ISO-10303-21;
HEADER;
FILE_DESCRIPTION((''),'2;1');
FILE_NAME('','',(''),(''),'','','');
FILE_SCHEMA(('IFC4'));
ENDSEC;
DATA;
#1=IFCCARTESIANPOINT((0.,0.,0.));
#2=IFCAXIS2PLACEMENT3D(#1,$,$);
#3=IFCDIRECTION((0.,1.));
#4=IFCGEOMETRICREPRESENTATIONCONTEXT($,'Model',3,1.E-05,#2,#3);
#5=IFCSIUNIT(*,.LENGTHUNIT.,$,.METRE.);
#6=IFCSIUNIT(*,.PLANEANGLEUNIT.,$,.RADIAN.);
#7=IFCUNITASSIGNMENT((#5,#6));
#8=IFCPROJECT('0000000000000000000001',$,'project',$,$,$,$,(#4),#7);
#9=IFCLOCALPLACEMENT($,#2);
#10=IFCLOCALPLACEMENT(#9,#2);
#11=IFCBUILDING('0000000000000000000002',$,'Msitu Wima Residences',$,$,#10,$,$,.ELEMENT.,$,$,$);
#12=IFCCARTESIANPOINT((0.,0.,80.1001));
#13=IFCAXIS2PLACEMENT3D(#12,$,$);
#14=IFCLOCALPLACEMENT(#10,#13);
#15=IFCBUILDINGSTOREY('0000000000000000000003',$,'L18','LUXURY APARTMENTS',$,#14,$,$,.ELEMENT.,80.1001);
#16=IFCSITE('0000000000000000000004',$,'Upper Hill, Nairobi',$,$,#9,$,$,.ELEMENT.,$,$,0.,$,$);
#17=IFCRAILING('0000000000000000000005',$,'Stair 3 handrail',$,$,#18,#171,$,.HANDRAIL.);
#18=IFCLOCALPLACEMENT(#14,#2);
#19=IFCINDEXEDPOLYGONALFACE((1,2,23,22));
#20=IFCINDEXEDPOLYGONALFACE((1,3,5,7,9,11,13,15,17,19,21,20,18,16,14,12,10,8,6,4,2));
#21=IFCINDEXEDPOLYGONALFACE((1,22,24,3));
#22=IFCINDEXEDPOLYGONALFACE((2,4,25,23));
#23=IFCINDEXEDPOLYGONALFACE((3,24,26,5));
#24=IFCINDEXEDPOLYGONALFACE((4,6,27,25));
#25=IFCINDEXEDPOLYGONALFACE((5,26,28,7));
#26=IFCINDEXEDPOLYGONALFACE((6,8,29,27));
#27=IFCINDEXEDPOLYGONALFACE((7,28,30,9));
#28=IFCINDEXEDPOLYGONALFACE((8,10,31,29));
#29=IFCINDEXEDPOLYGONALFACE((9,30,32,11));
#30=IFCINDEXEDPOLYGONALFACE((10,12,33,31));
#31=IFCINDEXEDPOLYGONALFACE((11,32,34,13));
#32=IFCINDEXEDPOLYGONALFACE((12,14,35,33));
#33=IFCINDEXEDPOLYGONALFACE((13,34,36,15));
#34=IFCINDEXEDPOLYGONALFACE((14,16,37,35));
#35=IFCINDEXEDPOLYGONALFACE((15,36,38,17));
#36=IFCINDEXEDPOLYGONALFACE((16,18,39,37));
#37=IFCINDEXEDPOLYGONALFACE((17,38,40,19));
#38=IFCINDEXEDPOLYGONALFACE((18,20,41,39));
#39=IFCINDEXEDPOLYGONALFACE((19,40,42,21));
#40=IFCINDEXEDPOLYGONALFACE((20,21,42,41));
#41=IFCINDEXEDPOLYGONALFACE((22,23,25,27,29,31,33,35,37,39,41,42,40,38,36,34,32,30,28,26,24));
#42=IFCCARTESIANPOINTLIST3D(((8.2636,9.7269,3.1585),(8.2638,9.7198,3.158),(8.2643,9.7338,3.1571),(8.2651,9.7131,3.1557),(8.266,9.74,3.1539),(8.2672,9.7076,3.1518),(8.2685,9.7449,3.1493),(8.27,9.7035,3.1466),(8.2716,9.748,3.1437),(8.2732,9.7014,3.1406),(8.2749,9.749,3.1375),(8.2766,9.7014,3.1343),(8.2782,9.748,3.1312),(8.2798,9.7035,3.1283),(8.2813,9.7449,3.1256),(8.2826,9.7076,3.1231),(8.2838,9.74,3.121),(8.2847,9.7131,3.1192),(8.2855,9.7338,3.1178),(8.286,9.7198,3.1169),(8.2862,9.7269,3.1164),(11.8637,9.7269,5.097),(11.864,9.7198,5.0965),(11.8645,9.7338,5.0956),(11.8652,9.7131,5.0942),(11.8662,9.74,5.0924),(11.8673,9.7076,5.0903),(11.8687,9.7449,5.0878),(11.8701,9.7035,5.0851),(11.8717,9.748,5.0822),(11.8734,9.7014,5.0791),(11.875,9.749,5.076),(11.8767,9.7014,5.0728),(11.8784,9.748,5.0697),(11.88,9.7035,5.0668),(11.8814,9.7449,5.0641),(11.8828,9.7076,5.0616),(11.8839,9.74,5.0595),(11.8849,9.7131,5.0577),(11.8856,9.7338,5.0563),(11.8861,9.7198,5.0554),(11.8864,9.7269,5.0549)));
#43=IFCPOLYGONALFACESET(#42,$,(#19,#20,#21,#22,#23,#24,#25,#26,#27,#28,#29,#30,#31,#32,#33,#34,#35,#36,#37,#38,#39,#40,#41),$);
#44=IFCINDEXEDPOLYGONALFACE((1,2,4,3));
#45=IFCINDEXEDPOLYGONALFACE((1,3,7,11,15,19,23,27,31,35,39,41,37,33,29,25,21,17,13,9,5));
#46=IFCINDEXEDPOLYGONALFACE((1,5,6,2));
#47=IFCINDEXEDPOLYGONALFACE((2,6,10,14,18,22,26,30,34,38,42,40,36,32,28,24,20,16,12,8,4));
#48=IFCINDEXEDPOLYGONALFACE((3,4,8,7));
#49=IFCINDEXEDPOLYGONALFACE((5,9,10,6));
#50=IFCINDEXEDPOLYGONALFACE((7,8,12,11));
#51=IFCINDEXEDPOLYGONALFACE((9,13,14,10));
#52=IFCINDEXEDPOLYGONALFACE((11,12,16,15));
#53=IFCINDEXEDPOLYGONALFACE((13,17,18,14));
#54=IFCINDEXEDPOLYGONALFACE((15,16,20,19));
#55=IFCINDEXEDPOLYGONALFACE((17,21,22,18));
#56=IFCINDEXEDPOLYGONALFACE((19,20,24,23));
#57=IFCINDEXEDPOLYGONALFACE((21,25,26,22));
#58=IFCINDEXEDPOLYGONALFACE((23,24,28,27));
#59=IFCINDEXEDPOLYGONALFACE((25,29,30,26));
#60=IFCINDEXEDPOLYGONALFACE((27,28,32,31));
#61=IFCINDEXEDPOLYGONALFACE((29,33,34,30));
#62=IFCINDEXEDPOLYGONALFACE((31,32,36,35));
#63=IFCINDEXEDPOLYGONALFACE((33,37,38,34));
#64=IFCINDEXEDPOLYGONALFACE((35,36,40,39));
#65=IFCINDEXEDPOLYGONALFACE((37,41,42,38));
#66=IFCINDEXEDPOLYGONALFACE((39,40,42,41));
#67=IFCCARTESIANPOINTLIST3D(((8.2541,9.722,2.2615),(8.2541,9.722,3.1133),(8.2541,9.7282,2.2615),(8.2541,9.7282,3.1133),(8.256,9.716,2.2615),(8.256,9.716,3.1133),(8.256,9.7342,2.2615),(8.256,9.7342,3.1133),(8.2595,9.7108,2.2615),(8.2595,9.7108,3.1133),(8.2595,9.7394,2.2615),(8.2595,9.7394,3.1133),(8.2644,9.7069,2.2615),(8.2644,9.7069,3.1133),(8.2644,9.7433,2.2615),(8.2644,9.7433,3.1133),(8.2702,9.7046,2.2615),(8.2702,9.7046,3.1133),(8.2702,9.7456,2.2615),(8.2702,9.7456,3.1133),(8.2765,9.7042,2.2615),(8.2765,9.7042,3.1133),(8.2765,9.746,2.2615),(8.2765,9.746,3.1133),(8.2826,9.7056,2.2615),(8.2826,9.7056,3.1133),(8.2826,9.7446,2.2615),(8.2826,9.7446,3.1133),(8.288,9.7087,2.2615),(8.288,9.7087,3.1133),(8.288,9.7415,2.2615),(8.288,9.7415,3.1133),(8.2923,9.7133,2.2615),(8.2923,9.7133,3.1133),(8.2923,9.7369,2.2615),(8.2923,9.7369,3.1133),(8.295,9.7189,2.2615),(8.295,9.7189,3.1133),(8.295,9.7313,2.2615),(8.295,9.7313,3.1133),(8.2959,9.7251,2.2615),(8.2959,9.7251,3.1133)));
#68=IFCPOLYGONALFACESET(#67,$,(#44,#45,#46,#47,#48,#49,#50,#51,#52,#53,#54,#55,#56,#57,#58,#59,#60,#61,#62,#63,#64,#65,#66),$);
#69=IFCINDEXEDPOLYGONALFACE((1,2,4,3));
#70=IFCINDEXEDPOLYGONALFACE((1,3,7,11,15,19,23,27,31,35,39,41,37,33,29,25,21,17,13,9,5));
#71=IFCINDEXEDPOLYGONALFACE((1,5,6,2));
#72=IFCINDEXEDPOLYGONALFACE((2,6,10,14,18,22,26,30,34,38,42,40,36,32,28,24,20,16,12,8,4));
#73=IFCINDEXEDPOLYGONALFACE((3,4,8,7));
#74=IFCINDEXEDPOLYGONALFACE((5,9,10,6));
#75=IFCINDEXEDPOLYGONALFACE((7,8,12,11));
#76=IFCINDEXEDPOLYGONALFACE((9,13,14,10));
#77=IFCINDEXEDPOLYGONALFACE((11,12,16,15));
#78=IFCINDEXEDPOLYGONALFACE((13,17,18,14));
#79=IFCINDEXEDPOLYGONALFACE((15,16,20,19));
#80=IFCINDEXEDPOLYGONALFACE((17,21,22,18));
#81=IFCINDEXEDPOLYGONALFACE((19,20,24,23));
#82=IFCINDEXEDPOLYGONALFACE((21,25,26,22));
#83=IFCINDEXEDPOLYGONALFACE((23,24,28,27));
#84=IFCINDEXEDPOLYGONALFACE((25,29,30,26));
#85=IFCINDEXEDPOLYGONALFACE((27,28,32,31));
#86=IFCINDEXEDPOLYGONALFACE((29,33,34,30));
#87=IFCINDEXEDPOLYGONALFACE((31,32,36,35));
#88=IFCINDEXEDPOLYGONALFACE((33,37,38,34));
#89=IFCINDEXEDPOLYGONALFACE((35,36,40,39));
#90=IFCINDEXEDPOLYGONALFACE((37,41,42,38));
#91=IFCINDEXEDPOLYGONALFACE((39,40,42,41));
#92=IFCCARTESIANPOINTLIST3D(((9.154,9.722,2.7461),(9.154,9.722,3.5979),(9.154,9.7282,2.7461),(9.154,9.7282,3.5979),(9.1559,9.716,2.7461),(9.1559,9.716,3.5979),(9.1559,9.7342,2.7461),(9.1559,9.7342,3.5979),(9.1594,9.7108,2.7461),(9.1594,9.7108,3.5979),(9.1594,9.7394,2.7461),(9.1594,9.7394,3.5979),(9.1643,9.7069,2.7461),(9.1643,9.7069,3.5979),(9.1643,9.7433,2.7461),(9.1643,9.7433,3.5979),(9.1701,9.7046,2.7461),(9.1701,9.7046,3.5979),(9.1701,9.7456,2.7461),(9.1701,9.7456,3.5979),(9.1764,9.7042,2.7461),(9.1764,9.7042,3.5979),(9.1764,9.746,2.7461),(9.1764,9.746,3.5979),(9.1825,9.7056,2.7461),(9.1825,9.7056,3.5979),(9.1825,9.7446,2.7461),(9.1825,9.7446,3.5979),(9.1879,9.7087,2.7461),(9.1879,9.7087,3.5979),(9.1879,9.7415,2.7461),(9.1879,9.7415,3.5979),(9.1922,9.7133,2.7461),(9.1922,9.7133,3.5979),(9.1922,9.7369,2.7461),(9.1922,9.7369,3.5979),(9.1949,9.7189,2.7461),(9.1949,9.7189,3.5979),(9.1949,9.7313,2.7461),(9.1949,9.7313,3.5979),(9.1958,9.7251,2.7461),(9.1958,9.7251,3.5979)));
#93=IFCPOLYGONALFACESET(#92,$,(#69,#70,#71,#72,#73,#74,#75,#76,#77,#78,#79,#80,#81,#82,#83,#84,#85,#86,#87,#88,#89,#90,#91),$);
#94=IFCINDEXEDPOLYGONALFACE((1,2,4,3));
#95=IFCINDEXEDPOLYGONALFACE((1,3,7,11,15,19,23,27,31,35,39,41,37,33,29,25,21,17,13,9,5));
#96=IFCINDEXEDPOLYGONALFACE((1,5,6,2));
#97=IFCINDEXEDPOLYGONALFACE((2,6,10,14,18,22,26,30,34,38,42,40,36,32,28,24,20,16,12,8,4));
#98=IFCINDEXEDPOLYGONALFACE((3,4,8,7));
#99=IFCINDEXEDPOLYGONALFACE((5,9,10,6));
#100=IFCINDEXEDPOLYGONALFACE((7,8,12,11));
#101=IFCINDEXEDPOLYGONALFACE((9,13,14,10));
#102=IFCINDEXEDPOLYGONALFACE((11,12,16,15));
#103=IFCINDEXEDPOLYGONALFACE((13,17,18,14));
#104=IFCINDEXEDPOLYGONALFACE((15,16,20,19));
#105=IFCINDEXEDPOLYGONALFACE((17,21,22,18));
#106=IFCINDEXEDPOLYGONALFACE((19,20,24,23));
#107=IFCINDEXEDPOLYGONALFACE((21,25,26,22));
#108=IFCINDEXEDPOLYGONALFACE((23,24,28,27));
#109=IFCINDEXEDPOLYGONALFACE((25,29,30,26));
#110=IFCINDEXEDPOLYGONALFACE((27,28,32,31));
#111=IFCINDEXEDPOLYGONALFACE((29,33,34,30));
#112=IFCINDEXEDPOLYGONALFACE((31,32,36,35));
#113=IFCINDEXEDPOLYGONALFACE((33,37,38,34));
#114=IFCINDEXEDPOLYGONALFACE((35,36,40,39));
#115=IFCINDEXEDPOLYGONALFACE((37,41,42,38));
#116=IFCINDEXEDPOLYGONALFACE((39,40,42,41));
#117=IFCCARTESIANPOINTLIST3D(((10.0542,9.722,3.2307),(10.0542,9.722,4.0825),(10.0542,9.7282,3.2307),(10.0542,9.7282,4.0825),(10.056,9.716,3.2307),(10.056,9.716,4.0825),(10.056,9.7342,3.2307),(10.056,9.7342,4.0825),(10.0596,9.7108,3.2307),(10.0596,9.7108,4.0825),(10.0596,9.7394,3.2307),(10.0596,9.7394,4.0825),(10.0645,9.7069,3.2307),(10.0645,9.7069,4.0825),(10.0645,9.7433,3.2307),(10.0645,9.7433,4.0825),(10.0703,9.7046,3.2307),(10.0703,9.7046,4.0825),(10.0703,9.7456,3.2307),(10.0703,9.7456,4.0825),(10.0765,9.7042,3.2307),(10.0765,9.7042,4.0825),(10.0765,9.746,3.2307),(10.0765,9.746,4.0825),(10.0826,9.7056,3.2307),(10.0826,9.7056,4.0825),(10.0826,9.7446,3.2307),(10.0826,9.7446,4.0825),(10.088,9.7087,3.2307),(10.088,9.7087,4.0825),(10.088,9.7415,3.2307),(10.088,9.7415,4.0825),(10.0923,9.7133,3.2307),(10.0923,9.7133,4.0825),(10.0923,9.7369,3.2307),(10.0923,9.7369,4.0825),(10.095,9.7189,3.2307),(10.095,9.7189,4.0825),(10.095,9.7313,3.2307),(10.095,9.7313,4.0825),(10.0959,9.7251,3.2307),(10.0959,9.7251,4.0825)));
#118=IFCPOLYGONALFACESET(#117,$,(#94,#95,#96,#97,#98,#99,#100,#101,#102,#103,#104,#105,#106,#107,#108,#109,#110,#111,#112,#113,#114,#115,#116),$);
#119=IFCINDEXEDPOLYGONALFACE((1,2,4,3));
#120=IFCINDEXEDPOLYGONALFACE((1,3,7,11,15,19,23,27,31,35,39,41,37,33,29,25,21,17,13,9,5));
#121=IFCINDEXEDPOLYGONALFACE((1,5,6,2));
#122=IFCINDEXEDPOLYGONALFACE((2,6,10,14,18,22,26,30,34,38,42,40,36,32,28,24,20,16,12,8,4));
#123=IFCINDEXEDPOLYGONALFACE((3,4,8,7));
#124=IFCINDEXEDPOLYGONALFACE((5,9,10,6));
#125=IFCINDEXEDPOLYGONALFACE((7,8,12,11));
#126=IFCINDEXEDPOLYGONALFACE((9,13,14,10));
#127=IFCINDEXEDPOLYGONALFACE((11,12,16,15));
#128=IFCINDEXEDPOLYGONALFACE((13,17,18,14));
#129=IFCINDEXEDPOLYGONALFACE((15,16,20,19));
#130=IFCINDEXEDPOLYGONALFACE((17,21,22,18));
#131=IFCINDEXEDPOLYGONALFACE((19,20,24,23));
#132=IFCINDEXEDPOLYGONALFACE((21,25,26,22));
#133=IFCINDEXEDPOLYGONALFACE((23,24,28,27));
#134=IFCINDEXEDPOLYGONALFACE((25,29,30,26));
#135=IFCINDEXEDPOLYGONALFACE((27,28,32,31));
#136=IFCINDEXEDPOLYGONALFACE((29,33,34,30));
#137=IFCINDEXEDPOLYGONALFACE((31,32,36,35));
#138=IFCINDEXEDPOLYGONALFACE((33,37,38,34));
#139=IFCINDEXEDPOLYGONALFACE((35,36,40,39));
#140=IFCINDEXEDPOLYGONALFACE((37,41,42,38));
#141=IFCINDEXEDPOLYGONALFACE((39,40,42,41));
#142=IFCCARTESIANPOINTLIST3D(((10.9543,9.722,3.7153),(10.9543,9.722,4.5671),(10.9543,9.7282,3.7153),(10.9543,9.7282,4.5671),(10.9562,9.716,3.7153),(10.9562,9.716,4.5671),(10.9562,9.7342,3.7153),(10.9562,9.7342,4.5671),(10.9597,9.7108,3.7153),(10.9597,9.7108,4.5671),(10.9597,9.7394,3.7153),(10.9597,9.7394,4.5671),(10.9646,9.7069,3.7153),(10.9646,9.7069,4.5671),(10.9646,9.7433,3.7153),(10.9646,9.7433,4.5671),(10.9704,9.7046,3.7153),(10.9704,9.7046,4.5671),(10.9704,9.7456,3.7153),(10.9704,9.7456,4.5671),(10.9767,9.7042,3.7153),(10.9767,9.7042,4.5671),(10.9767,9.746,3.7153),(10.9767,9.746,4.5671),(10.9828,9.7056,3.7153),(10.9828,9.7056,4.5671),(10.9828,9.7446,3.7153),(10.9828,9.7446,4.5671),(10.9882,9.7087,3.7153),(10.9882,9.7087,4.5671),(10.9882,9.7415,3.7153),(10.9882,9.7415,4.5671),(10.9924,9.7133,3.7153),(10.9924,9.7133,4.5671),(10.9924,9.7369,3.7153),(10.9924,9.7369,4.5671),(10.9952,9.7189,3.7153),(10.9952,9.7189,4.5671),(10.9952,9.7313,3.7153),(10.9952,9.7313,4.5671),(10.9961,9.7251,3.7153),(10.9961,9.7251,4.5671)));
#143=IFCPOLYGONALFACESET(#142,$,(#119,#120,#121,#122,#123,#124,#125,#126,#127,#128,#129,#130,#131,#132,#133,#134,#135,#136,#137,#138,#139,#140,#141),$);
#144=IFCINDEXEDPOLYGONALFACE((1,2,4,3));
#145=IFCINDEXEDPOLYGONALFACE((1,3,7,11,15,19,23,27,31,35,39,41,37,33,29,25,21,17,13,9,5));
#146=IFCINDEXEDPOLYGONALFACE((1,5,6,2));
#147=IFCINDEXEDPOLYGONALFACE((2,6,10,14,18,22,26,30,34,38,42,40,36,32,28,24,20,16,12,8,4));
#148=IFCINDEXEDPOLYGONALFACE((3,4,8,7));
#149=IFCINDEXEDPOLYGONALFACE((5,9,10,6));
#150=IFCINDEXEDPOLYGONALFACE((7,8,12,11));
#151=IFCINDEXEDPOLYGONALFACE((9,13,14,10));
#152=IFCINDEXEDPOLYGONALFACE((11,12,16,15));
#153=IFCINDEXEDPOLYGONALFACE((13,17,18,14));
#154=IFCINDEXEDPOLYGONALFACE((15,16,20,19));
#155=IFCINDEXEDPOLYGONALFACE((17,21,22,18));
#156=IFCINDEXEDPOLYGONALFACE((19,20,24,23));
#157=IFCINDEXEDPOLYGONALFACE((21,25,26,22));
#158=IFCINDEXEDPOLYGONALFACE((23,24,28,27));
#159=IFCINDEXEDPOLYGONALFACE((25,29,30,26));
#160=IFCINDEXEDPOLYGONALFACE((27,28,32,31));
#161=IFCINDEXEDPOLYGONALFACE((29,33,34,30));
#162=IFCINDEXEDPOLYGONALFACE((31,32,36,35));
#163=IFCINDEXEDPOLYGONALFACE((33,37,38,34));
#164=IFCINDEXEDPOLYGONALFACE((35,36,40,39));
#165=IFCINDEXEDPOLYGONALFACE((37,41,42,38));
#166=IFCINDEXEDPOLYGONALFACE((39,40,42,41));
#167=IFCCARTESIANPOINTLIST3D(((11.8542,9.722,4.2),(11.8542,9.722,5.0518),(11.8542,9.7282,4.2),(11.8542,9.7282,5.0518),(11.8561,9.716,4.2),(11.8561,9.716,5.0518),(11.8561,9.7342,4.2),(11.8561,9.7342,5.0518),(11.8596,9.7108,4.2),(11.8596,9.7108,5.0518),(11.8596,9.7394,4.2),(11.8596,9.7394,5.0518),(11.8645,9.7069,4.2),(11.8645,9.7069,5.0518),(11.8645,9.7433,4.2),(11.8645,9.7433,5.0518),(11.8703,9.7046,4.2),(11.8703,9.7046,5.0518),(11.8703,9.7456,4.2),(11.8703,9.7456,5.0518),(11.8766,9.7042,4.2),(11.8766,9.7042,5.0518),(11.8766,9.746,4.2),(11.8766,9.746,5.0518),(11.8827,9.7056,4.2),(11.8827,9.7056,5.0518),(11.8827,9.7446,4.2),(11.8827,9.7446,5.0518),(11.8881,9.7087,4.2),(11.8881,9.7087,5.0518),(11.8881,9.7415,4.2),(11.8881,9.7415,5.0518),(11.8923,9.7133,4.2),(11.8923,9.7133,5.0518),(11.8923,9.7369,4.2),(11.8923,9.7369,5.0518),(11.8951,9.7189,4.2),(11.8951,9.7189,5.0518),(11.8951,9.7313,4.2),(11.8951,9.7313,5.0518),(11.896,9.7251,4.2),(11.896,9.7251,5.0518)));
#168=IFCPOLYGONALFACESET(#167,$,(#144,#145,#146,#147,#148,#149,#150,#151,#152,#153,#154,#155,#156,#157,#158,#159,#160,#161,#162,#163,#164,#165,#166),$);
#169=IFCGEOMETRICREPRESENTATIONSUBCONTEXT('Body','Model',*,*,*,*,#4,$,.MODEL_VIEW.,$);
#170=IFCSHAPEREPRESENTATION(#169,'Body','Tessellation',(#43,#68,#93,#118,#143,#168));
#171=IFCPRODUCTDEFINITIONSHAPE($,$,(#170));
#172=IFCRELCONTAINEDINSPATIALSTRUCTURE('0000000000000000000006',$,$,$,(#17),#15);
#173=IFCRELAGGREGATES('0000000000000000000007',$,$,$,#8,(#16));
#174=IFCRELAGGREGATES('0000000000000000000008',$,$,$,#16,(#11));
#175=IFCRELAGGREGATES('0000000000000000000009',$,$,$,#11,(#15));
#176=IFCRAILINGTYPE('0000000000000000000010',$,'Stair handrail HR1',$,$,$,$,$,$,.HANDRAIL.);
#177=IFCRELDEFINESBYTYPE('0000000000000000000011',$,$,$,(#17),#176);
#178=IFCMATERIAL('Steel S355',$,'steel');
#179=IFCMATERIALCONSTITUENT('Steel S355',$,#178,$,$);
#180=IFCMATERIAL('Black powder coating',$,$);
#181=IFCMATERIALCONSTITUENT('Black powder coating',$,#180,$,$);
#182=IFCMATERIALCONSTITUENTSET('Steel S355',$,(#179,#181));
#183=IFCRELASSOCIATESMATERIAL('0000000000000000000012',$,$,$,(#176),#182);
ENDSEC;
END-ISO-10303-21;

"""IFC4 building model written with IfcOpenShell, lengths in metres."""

from ifc_helpers import new_model, si_unit, direction, frame, origin, origin_2d, place, context, subcontext, project, spatial, circle, extrude, material, constituent, constituent_set, type_object, element, save


model = new_model("IFC4")

# Units and contexts
model_context = context("Model", 3, precision=1e-05, world=origin(), true_north=direction((0.0, 1.0)))
body_context = subcontext(model_context, "Body", "Model", "MODEL_VIEW")
ifc_project = project(units=[si_unit("LENGTHUNIT", "METRE"), si_unit("PLANEANGLEUNIT", "RADIAN")], contexts=[model_context])

# Site, building, storey
site_placement = place(None, origin())
site = spatial("IfcSite", under=ifc_project, at=site_placement, Name="Upper Hill, Nairobi", CompositionType="ELEMENT", RefElevation=0.0)
building_placement = place(site_placement, origin())
building = spatial("IfcBuilding", under=site, at=building_placement, Name="Msitu Wima Residences", CompositionType="ELEMENT")
storey_placement = place(building_placement, frame((0.0, 0.0, 80.1001)))
storey = spatial("IfcBuildingStorey", under=building, at=storey_placement, Name="L18", Description="LUXURY APARTMENTS", CompositionType="ELEMENT", Elevation=80.1001)

# Railing
ifc_material_1 = material(Name="Steel S355", Category="steel")
ifc_constituent_1 = constituent(ifc_material_1, Name="Steel S355")
ifc_material_2 = material(Name="Black powder coating")
ifc_constituent_2 = constituent(ifc_material_2, Name="Black powder coating")
ifc_constituent_set = constituent_set(constituents=[ifc_constituent_1, ifc_constituent_2], Name="Steel S355")
railing_type = type_object("IfcRailingType", Name="Stair handrail HR1", PredefinedType="HANDRAIL", material=ifc_constituent_set)
for number, where, name in (
    (1, (8.2749, 9.7251, 2.2615), "Stair 3 handrail"),
):
    element("IfcRailing", number, at=place(storey_placement, frame(where)), inside=storey, type_object=railing_type, Name=name, PredefinedType="HANDRAIL", context=body_context, shape_type="SweptSolid", body=[
        extrude(circle(Radius=0.0239, at=origin_2d()), frame((0.0, 0.0, 0.876), z_axis=(0.880475, 0.0, 0.474093), x_axis=(0.0, 1.0, 0.0)), (0.0, 0.0, 1.0), 4.0889),
        extrude(circle(Radius=0.021, at=origin_2d()), origin(), (0.0, 0.0, 1.0), 0.8518),
        extrude(circle(Radius=0.021, at=origin_2d()), frame((0.8999, 0.0, 0.4846)), (0.0, 0.0, 1.0), 0.8518),
        extrude(circle(Radius=0.021, at=origin_2d()), frame((1.8, 0.0, 0.9692)), (0.0, 0.0, 1.0), 0.8518),
        extrude(circle(Radius=0.021, at=origin_2d()), frame((2.7002, 0.0, 1.4539)), (0.0, 0.0, 1.0), 0.8518),
        extrude(circle(Radius=0.021, at=origin_2d()), frame((3.6001, 0.0, 1.9385)), (0.0, 0.0, 1.0), 0.8518),
    ])

save(model, "model.ifc")
